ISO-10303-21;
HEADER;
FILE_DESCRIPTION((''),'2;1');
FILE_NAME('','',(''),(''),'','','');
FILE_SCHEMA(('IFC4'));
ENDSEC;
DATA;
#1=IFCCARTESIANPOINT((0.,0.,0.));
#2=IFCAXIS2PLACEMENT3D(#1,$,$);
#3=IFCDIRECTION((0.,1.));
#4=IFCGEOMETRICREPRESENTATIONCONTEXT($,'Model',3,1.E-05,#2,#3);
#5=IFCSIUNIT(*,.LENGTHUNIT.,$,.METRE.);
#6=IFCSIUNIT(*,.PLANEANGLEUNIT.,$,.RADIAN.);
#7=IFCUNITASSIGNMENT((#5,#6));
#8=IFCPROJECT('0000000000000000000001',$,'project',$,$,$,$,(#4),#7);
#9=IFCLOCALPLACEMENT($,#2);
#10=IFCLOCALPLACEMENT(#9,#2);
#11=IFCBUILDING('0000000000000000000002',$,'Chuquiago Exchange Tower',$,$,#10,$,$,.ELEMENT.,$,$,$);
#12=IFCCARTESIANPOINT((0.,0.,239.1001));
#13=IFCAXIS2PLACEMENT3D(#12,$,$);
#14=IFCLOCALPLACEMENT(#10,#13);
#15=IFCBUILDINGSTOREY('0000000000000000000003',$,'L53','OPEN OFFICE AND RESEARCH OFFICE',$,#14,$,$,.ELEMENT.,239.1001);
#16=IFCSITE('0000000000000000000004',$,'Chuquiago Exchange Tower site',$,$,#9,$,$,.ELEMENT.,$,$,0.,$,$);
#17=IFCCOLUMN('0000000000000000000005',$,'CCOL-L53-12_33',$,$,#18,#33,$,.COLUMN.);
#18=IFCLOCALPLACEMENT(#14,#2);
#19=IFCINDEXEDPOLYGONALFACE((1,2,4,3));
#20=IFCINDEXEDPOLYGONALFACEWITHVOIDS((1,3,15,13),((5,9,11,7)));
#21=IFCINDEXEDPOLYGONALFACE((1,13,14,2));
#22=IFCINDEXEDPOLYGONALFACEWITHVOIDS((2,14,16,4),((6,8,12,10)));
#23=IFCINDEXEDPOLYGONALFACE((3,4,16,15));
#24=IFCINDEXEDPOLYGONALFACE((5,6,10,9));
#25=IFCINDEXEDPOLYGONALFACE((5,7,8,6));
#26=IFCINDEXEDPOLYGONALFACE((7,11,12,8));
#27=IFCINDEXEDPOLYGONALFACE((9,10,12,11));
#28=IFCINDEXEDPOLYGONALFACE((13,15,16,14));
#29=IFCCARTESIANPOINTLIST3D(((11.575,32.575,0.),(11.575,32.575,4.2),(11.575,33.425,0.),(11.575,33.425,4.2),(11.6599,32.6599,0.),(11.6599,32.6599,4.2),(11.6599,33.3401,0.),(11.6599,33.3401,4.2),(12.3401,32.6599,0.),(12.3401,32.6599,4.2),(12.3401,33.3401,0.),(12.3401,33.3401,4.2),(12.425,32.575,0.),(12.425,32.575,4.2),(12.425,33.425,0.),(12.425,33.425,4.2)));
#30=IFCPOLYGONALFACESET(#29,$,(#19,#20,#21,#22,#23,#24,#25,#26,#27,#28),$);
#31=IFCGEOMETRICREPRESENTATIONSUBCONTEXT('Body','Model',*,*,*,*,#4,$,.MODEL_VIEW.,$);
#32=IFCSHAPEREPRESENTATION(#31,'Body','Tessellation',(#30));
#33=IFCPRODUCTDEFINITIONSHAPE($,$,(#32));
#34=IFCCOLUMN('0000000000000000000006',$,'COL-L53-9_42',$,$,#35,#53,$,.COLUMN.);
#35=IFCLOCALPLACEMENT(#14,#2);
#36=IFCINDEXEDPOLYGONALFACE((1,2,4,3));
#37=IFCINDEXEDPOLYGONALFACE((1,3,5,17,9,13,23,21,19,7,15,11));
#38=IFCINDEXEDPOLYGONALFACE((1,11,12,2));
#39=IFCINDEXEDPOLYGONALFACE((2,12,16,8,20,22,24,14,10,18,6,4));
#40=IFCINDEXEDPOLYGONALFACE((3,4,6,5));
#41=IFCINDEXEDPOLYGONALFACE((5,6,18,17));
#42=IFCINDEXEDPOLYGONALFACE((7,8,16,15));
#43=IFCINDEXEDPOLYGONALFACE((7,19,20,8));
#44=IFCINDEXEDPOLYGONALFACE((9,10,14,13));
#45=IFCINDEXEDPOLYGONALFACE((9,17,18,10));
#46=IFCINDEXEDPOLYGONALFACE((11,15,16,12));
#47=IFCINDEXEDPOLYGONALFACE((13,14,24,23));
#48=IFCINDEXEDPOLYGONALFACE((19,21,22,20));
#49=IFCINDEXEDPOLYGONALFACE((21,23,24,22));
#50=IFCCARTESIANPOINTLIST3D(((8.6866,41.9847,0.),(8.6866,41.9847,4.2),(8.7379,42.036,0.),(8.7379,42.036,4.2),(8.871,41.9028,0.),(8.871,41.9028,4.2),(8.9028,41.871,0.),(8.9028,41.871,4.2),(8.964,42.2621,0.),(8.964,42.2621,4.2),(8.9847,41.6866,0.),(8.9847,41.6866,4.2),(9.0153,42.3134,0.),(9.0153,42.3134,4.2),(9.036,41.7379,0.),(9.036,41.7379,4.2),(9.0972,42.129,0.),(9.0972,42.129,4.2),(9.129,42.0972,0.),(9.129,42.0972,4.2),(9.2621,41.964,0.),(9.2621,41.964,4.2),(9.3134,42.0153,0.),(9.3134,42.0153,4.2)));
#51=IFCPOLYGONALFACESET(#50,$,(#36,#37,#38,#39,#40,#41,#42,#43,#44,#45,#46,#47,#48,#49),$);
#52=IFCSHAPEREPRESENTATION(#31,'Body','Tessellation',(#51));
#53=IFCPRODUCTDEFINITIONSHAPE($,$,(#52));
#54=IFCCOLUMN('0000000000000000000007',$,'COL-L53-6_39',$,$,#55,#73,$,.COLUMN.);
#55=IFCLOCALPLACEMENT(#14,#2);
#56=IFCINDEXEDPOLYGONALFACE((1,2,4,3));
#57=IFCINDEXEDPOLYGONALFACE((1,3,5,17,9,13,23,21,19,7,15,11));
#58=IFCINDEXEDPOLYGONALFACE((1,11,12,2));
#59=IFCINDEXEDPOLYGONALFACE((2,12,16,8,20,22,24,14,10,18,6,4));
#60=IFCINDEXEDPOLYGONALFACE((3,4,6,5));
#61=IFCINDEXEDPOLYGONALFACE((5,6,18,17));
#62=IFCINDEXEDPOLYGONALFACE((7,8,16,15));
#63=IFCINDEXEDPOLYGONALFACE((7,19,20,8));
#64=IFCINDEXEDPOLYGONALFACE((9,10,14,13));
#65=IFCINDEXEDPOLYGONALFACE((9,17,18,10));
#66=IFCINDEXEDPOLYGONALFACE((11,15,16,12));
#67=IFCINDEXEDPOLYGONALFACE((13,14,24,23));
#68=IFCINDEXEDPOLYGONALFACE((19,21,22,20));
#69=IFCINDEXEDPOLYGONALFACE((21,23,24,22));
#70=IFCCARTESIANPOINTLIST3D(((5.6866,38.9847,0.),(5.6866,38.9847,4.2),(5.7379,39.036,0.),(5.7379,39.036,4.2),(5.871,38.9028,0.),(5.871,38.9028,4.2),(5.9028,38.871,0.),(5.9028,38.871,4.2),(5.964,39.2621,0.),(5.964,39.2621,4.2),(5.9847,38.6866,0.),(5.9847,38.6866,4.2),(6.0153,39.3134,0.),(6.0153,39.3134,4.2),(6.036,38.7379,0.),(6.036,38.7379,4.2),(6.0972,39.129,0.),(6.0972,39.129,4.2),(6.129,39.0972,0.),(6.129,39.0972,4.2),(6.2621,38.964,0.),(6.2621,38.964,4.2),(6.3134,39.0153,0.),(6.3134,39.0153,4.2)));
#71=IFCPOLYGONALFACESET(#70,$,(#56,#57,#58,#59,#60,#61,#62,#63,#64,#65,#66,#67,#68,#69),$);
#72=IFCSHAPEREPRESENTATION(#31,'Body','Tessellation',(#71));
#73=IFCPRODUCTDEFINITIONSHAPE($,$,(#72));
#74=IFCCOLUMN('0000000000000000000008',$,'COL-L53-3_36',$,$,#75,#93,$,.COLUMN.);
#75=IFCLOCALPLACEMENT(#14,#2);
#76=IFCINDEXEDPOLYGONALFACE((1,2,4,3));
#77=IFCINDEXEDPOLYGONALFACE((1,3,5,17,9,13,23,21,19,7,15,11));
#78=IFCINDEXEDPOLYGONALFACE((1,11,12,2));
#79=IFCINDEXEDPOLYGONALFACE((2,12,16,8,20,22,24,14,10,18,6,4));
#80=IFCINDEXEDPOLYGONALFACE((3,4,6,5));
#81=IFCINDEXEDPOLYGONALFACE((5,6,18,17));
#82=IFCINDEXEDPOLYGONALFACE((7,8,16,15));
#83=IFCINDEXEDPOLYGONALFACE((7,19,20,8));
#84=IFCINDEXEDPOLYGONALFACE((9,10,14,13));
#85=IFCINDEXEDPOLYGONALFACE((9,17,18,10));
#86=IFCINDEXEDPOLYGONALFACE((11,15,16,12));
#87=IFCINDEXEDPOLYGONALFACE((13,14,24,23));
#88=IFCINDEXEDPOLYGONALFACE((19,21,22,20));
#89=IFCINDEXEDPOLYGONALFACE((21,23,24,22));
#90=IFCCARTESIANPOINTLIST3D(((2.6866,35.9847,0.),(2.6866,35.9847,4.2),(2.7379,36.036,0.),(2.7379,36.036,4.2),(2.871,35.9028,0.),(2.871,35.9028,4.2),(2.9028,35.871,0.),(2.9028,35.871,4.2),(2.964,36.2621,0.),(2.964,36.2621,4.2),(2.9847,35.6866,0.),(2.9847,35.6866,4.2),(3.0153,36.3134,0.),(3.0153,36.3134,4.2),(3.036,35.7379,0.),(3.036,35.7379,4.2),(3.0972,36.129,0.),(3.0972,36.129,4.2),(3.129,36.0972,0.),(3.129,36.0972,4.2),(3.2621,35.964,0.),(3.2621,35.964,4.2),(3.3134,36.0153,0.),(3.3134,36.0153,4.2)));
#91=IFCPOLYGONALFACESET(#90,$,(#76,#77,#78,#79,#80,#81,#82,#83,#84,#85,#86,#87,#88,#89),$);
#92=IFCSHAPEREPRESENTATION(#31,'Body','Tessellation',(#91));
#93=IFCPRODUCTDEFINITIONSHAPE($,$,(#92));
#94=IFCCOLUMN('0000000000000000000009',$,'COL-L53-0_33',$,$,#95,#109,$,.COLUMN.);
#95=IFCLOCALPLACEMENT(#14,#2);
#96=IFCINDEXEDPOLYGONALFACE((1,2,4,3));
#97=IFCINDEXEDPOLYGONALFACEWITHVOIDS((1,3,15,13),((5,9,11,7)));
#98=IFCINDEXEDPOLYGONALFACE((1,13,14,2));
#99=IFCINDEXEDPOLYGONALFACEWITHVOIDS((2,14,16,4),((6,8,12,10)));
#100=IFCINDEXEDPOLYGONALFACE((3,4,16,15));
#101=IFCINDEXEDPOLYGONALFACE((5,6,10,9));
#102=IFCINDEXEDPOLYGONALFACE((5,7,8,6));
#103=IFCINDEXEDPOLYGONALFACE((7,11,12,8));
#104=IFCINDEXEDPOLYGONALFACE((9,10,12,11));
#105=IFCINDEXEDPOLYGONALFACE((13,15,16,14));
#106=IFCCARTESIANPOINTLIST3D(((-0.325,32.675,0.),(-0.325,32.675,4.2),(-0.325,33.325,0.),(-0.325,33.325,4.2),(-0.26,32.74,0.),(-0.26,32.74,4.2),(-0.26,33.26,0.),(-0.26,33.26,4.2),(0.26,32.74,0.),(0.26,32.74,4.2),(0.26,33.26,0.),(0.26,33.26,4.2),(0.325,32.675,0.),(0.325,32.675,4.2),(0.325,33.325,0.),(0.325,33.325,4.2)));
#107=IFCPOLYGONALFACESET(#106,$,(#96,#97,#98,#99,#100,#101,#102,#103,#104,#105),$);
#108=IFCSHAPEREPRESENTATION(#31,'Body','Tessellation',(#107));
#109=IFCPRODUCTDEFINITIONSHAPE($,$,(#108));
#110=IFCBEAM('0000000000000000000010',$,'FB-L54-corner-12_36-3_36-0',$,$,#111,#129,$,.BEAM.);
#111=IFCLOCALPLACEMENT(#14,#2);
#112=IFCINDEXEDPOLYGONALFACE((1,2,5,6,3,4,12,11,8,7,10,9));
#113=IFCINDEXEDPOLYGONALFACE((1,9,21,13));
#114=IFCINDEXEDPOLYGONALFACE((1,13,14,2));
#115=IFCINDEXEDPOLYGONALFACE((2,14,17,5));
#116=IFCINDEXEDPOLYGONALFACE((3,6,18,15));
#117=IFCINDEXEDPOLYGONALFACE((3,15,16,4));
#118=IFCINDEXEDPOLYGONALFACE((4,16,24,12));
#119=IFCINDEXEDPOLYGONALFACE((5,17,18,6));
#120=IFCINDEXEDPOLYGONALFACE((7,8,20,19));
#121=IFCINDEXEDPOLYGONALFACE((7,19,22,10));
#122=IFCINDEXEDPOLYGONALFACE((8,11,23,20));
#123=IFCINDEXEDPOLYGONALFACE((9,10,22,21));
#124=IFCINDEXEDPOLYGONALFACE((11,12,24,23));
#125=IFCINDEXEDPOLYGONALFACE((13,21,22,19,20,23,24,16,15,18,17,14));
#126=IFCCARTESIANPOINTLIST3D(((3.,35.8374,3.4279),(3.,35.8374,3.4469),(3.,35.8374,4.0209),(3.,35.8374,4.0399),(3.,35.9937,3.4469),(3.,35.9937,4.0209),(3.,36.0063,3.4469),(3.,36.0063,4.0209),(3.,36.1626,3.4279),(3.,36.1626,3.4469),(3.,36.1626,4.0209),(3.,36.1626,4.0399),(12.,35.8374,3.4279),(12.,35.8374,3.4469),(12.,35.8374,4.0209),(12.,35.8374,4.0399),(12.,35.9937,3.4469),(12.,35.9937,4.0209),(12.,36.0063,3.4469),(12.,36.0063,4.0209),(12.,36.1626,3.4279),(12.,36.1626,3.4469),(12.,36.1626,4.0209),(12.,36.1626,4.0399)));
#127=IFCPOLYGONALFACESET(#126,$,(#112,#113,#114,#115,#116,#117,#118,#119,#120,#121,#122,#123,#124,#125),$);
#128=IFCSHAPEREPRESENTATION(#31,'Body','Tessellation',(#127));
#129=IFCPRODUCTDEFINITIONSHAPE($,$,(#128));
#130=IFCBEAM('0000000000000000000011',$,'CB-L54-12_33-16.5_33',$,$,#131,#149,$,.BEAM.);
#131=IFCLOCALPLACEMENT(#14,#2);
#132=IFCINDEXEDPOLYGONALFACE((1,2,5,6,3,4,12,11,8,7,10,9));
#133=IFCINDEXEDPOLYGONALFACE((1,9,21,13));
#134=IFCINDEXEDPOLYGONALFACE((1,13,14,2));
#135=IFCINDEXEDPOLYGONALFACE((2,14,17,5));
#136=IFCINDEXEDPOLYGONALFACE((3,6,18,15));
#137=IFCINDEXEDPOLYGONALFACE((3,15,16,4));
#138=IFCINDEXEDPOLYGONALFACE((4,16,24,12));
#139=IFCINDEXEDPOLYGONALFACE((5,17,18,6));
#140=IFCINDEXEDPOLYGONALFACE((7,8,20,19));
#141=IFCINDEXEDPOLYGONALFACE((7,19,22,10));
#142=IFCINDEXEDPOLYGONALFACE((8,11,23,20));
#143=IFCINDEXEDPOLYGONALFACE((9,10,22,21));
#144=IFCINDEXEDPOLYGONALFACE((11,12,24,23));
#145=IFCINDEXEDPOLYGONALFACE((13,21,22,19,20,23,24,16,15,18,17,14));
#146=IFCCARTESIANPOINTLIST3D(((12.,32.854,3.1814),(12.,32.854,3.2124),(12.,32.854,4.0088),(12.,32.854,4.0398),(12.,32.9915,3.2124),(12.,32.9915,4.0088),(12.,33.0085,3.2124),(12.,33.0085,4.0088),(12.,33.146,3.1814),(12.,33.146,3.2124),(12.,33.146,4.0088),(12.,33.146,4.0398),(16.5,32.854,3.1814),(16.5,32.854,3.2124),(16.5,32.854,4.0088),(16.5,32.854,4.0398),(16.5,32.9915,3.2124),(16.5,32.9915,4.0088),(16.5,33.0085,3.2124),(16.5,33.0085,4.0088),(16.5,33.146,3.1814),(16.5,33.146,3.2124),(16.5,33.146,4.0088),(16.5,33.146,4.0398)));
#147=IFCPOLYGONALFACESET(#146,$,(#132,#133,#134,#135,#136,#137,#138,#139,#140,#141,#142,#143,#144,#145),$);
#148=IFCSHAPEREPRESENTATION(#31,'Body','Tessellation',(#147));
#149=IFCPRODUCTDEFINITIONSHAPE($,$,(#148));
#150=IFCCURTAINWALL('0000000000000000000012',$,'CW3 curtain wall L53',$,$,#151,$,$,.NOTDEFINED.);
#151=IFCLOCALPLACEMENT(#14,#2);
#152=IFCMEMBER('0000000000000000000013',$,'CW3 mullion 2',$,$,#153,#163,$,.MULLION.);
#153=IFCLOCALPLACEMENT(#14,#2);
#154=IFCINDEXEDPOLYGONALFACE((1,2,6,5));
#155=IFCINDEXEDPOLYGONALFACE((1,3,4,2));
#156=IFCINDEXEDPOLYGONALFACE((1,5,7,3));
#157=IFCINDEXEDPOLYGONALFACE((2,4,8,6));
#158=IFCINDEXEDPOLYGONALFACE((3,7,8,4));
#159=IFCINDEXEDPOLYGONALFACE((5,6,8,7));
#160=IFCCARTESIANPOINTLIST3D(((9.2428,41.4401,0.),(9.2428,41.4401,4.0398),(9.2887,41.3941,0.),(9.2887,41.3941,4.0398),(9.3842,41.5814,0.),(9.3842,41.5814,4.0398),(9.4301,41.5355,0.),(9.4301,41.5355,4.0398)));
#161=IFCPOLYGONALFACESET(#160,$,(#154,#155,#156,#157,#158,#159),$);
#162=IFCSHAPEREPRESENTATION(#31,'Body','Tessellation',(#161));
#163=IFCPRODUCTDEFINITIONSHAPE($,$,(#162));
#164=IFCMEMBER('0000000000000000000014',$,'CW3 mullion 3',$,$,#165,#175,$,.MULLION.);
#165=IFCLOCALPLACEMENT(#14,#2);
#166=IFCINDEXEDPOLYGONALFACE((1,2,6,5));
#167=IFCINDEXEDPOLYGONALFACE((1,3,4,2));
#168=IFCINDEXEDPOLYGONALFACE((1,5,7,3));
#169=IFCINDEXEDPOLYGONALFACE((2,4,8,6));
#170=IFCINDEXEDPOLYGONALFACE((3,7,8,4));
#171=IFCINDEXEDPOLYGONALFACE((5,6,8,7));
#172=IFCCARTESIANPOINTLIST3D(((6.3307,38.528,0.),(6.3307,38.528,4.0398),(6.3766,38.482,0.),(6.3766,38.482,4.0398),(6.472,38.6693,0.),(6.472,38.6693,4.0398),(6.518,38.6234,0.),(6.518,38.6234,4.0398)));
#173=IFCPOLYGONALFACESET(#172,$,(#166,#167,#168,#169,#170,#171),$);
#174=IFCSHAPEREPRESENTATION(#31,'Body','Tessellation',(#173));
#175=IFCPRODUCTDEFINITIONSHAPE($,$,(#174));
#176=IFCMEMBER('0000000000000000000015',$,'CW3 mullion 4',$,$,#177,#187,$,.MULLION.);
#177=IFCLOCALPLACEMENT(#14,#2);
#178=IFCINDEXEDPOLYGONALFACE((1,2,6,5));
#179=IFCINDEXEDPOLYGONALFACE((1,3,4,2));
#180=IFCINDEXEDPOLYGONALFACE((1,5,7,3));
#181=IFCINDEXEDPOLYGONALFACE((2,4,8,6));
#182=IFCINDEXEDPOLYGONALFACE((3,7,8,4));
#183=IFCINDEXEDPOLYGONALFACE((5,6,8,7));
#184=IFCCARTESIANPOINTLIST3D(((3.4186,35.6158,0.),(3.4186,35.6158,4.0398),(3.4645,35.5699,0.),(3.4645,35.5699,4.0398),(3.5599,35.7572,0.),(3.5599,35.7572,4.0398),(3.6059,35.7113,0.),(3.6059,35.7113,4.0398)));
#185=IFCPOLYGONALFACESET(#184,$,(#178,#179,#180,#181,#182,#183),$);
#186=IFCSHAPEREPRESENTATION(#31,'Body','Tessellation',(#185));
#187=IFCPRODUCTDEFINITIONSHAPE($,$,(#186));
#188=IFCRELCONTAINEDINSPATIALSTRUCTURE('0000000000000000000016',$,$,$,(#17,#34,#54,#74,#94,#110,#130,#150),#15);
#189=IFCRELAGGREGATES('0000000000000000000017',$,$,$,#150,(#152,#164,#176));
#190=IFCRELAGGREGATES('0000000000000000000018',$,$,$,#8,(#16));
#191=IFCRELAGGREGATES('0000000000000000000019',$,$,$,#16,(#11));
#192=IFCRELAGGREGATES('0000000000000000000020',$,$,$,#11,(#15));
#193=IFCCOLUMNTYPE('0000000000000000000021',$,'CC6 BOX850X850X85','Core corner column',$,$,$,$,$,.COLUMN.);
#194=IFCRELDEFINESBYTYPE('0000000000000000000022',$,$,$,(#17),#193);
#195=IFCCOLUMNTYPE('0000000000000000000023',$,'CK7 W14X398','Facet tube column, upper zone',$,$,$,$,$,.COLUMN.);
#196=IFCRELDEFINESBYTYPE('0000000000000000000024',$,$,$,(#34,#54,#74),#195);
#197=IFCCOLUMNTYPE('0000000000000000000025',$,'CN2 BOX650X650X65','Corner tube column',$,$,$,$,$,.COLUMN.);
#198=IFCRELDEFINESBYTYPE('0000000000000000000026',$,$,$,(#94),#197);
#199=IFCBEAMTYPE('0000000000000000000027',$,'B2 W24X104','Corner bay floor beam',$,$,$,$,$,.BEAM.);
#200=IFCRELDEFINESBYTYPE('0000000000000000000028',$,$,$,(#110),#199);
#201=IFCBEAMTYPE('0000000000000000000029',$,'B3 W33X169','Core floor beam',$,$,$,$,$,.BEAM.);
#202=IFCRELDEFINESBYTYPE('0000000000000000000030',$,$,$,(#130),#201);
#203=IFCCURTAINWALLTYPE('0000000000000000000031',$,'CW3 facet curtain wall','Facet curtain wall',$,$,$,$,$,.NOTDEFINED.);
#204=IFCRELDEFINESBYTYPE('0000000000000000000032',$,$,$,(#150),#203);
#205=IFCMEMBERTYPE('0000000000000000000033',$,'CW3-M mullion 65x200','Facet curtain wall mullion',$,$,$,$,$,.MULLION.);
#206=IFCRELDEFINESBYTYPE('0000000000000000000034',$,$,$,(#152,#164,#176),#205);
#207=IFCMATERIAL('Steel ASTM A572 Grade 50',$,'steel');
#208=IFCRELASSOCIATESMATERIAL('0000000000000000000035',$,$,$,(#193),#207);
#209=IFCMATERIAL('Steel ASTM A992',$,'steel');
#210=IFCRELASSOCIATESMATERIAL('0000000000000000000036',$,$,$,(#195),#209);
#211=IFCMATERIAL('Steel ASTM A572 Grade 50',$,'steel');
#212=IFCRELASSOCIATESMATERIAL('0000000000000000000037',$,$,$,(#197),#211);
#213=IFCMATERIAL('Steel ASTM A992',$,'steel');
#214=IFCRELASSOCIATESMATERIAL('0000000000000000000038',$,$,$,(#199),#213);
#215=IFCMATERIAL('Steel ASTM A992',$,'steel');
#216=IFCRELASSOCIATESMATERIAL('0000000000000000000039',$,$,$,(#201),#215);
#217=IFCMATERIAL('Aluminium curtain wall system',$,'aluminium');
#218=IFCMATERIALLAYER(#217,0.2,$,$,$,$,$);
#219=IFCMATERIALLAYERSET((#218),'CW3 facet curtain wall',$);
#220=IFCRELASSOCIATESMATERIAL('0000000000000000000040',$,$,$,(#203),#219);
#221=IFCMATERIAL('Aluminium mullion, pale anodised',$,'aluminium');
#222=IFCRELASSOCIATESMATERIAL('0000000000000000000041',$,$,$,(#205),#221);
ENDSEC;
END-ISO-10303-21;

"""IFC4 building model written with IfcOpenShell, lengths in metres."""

from ifc_helpers import new_model, si_unit, direction, frame, origin, origin_2d, place, context, subcontext, project, spatial, rectangle, hollow_rectangle, i_section, extrude, material, layer, layer_set, material_profile, profile_set, type_object, element, aggregate, save


model = new_model("IFC4")

# Units and contexts
model_context = context("Model", 3, precision=1e-05, world=origin(), true_north=direction((0.0, 1.0)))
body_context = subcontext(model_context, "Body", "Model", "MODEL_VIEW")
ifc_project = project(units=[si_unit("LENGTHUNIT", "METRE"), si_unit("PLANEANGLEUNIT", "RADIAN")], contexts=[model_context])

# Site, building, storey
site_placement = place(None, origin())
site = spatial("IfcSite", under=ifc_project, at=site_placement, Name="Chuquiago Exchange Tower site", CompositionType="ELEMENT", RefElevation=0.0)
building_placement = place(site_placement, origin())
building = spatial("IfcBuilding", under=site, at=building_placement, Name="Chuquiago Exchange Tower", CompositionType="ELEMENT")
storey_placement = place(building_placement, frame((0.0, 0.0, 239.1001)))
storey = spatial("IfcBuildingStorey", under=building, at=storey_placement, Name="L53", Description="OPEN OFFICE AND RESEARCH OFFICE", CompositionType="ELEMENT", Elevation=239.1001)

# Columns
ifc_material_1 = material(Name="Steel ASTM A572 Grade 50", Category="steel")
ifc_material_profile_1 = material_profile(ifc_material_1, hollow_rectangle(XDim=0.8501, YDim=0.8501, WallThickness=0.085, at=origin_2d()), Name="BOX850X850X85")
ifc_profile_set_1 = profile_set([ifc_material_profile_1], Name="Steel ASTM A572 Grade 50")
column_type_1 = type_object("IfcColumnType", Name="CC6 BOX850X850X85", Description="Core corner column", PredefinedType="COLUMN", material=ifc_profile_set_1)
column_1_placement = place(storey_placement, frame((12.0, 33.0, 0.0), z_axis=(0.0, 0.0, 1.0), x_axis=(1.0, 0.0, 0.0)))
element("IfcColumn", 1, at=column_1_placement, inside=storey, type_object=column_type_1, Name="CCOL-L53-12_33", PredefinedType="COLUMN", context=body_context, shape_type="SweptSolid", body=[
    extrude(hollow_rectangle(XDim=0.8501, YDim=0.8501, WallThickness=0.085, at=origin_2d()), origin(), (0.0, 0.0, 1.0), 4.2),
])
ifc_material_2 = material(Name="Steel ASTM A992", Category="steel")
ifc_material_profile_2 = material_profile(ifc_material_2, i_section(OverallWidth=0.4216, OverallDepth=0.4648, WebThickness=0.0449, FlangeThickness=0.0725, at=origin_2d()), Name="W14X398")
ifc_profile_set_2 = profile_set([ifc_material_profile_2], Name="Steel ASTM A992")
column_type_2 = type_object("IfcColumnType", Name="CK7 W14X398", Description="Facet tube column, upper zone", PredefinedType="COLUMN", material=ifc_profile_set_2)
for number, where, z_axis, x_axis, name in (
    (2, (9.0, 42.0, 0.0), (0.0, 0.0, 1.0), (-0.707107, 0.707107, 0.0), "COL-L53-9_42"),
    (3, (6.0, 39.0, 0.0), (0.0, 0.0, 1.0), (-0.707107, 0.707107, 0.0), "COL-L53-6_39"),
    (4, (3.0, 36.0, 0.0), (0.0, 0.0, 1.0), (-0.707107, 0.707107, 0.0), "COL-L53-3_36"),
):
    element("IfcColumn", number, at=place(storey_placement, frame(where, z_axis=z_axis, x_axis=x_axis)), inside=storey, type_object=column_type_2, Name=name, PredefinedType="COLUMN", context=body_context, shape_type="SweptSolid", body=[
        extrude(i_section(OverallWidth=0.4216, OverallDepth=0.4648, WebThickness=0.0449, FlangeThickness=0.0725, at=origin_2d()), origin(), (0.0, 0.0, 1.0), 4.2),
    ])
ifc_material_3 = material(Name="Steel ASTM A572 Grade 50", Category="steel")
ifc_material_profile_3 = material_profile(ifc_material_3, hollow_rectangle(XDim=0.6499, YDim=0.6499, WallThickness=0.0649, at=origin_2d()), Name="BOX650X650X65")
ifc_profile_set_3 = profile_set([ifc_material_profile_3], Name="Steel ASTM A572 Grade 50")
column_type_3 = type_object("IfcColumnType", Name="CN2 BOX650X650X65", Description="Corner tube column", PredefinedType="COLUMN", material=ifc_profile_set_3)
column_2_placement = place(storey_placement, frame((0.0, 33.0, 0.0), z_axis=(0.0, 0.0, 1.0), x_axis=(-1.0, 0.0, 0.0)))
element("IfcColumn", 5, at=column_2_placement, inside=storey, type_object=column_type_3, Name="COL-L53-0_33", PredefinedType="COLUMN", context=body_context, shape_type="SweptSolid", body=[
    extrude(hollow_rectangle(XDim=0.6499, YDim=0.6499, WallThickness=0.0649, at=origin_2d()), origin(), (0.0, 0.0, 1.0), 4.2),
])

# Beams
ifc_material_4 = material(Name="Steel ASTM A992", Category="steel")
ifc_material_profile_4 = material_profile(ifc_material_4, i_section(OverallWidth=0.3252, OverallDepth=0.6121, WebThickness=0.0127, FlangeThickness=0.019, at=origin_2d()), Name="W24X104")
ifc_profile_set_4 = profile_set([ifc_material_profile_4], Name="Steel ASTM A992")
beam_type_1 = type_object("IfcBeamType", Name="B2 W24X104", Description="Corner bay floor beam", PredefinedType="BEAM", material=ifc_profile_set_4)
beam_1_placement = place(storey_placement, frame((12.0, 36.0, 3.7339), z_axis=(-1.0, 0.0, 0.0), x_axis=(0.0, -1.0, 0.0)))
element("IfcBeam", 6, at=beam_1_placement, inside=storey, type_object=beam_type_1, Name="FB-L54-corner-12_36-3_36-0", PredefinedType="BEAM", context=body_context, shape_type="SweptSolid", body=[
    extrude(i_section(OverallWidth=0.3252, OverallDepth=0.6121, WebThickness=0.0127, FlangeThickness=0.019, at=origin_2d()), origin(), (0.0, 0.0, 1.0), 9.0),
])
ifc_material_5 = material(Name="Steel ASTM A992", Category="steel")
ifc_material_profile_5 = material_profile(ifc_material_5, i_section(OverallWidth=0.292, OverallDepth=0.8584, WebThickness=0.0171, FlangeThickness=0.031, at=origin_2d()), Name="W33X169")
ifc_profile_set_5 = profile_set([ifc_material_profile_5], Name="Steel ASTM A992")
beam_type_2 = type_object("IfcBeamType", Name="B3 W33X169", Description="Core floor beam", PredefinedType="BEAM", material=ifc_profile_set_5)
beam_2_placement = place(storey_placement, frame((12.0, 33.0, 3.6106), z_axis=(1.0, 0.0, 0.0), x_axis=(0.0, 1.0, 0.0)))
element("IfcBeam", 7, at=beam_2_placement, inside=storey, type_object=beam_type_2, Name="CB-L54-12_33-16.5_33", PredefinedType="BEAM", context=body_context, shape_type="SweptSolid", body=[
    extrude(i_section(OverallWidth=0.292, OverallDepth=0.8584, WebThickness=0.0171, FlangeThickness=0.031, at=origin_2d()), origin(), (0.0, 0.0, 1.0), 4.5),
])

# Curtain wall, members
ifc_material_6 = material(Name="Aluminium curtain wall system", Category="aluminium")
ifc_layer_1 = layer(ifc_material_6, 0.2)
ifc_layer_set_1 = layer_set([ifc_layer_1], Name="CW3 facet curtain wall")
curtain_wall_type = type_object("IfcCurtainWallType", Name="CW3 facet curtain wall", Description="Facet curtain wall", PredefinedType="NOTDEFINED", material=ifc_layer_set_1)
curtain_wall_placement = place(storey_placement, origin())
curtain_wall = element("IfcCurtainWall", 8, at=curtain_wall_placement, inside=storey, type_object=curtain_wall_type, Name="CW3 curtain wall L53", PredefinedType="NOTDEFINED")
ifc_material_7 = material(Name="Aluminium mullion, pale anodised", Category="aluminium")
ifc_material_profile_6 = material_profile(ifc_material_7, rectangle(XDim=0.0649, YDim=0.2, at=origin_2d()), Name="AL 65x200")
ifc_profile_set_6 = profile_set([ifc_material_profile_6], Name="Aluminium mullion, pale anodised")
member_type_1 = type_object("IfcMemberType", Name="CW3-M mullion 65x200", Description="Facet curtain wall mullion", PredefinedType="MULLION", material=ifc_profile_set_6)
member_1_placement = place(storey_placement, frame((9.3364, 41.4878, 0.0), z_axis=(0.0, 0.0, 1.0), x_axis=(0.707107, -0.707107, 0.0)))
member_1 = element("IfcMember", 9, at=member_1_placement, type_object=member_type_1, Name="CW3 mullion 2", PredefinedType="MULLION", context=body_context, shape_type="SweptSolid", body=[
    extrude(rectangle(XDim=0.0649, YDim=0.2, at=origin_2d()), origin(), (0.0, 0.0, 1.0), 4.0398),
])
member_2_placement = place(storey_placement, frame((6.4243, 38.5757, 0.0), z_axis=(0.0, 0.0, 1.0), x_axis=(0.707107, -0.707107, 0.0)))
member_2 = element("IfcMember", 10, at=member_2_placement, type_object=member_type_1, Name="CW3 mullion 3", PredefinedType="MULLION", context=body_context, shape_type="SweptSolid", body=[
    extrude(rectangle(XDim=0.0649, YDim=0.2, at=origin_2d()), origin(), (0.0, 0.0, 1.0), 4.0398),
])
member_3_placement = place(storey_placement, frame((3.5122, 35.6636, 0.0), z_axis=(0.0, 0.0, 1.0), x_axis=(0.707107, -0.707107, 0.0)))
member_3 = element("IfcMember", 11, at=member_3_placement, type_object=member_type_1, Name="CW3 mullion 4", PredefinedType="MULLION", context=body_context, shape_type="SweptSolid", body=[
    extrude(rectangle(XDim=0.0649, YDim=0.2, at=origin_2d()), origin(), (0.0, 0.0, 1.0), 4.0398),
])

aggregate(curtain_wall, [member_1, member_2, member_3])

save(model, "model.ifc")
